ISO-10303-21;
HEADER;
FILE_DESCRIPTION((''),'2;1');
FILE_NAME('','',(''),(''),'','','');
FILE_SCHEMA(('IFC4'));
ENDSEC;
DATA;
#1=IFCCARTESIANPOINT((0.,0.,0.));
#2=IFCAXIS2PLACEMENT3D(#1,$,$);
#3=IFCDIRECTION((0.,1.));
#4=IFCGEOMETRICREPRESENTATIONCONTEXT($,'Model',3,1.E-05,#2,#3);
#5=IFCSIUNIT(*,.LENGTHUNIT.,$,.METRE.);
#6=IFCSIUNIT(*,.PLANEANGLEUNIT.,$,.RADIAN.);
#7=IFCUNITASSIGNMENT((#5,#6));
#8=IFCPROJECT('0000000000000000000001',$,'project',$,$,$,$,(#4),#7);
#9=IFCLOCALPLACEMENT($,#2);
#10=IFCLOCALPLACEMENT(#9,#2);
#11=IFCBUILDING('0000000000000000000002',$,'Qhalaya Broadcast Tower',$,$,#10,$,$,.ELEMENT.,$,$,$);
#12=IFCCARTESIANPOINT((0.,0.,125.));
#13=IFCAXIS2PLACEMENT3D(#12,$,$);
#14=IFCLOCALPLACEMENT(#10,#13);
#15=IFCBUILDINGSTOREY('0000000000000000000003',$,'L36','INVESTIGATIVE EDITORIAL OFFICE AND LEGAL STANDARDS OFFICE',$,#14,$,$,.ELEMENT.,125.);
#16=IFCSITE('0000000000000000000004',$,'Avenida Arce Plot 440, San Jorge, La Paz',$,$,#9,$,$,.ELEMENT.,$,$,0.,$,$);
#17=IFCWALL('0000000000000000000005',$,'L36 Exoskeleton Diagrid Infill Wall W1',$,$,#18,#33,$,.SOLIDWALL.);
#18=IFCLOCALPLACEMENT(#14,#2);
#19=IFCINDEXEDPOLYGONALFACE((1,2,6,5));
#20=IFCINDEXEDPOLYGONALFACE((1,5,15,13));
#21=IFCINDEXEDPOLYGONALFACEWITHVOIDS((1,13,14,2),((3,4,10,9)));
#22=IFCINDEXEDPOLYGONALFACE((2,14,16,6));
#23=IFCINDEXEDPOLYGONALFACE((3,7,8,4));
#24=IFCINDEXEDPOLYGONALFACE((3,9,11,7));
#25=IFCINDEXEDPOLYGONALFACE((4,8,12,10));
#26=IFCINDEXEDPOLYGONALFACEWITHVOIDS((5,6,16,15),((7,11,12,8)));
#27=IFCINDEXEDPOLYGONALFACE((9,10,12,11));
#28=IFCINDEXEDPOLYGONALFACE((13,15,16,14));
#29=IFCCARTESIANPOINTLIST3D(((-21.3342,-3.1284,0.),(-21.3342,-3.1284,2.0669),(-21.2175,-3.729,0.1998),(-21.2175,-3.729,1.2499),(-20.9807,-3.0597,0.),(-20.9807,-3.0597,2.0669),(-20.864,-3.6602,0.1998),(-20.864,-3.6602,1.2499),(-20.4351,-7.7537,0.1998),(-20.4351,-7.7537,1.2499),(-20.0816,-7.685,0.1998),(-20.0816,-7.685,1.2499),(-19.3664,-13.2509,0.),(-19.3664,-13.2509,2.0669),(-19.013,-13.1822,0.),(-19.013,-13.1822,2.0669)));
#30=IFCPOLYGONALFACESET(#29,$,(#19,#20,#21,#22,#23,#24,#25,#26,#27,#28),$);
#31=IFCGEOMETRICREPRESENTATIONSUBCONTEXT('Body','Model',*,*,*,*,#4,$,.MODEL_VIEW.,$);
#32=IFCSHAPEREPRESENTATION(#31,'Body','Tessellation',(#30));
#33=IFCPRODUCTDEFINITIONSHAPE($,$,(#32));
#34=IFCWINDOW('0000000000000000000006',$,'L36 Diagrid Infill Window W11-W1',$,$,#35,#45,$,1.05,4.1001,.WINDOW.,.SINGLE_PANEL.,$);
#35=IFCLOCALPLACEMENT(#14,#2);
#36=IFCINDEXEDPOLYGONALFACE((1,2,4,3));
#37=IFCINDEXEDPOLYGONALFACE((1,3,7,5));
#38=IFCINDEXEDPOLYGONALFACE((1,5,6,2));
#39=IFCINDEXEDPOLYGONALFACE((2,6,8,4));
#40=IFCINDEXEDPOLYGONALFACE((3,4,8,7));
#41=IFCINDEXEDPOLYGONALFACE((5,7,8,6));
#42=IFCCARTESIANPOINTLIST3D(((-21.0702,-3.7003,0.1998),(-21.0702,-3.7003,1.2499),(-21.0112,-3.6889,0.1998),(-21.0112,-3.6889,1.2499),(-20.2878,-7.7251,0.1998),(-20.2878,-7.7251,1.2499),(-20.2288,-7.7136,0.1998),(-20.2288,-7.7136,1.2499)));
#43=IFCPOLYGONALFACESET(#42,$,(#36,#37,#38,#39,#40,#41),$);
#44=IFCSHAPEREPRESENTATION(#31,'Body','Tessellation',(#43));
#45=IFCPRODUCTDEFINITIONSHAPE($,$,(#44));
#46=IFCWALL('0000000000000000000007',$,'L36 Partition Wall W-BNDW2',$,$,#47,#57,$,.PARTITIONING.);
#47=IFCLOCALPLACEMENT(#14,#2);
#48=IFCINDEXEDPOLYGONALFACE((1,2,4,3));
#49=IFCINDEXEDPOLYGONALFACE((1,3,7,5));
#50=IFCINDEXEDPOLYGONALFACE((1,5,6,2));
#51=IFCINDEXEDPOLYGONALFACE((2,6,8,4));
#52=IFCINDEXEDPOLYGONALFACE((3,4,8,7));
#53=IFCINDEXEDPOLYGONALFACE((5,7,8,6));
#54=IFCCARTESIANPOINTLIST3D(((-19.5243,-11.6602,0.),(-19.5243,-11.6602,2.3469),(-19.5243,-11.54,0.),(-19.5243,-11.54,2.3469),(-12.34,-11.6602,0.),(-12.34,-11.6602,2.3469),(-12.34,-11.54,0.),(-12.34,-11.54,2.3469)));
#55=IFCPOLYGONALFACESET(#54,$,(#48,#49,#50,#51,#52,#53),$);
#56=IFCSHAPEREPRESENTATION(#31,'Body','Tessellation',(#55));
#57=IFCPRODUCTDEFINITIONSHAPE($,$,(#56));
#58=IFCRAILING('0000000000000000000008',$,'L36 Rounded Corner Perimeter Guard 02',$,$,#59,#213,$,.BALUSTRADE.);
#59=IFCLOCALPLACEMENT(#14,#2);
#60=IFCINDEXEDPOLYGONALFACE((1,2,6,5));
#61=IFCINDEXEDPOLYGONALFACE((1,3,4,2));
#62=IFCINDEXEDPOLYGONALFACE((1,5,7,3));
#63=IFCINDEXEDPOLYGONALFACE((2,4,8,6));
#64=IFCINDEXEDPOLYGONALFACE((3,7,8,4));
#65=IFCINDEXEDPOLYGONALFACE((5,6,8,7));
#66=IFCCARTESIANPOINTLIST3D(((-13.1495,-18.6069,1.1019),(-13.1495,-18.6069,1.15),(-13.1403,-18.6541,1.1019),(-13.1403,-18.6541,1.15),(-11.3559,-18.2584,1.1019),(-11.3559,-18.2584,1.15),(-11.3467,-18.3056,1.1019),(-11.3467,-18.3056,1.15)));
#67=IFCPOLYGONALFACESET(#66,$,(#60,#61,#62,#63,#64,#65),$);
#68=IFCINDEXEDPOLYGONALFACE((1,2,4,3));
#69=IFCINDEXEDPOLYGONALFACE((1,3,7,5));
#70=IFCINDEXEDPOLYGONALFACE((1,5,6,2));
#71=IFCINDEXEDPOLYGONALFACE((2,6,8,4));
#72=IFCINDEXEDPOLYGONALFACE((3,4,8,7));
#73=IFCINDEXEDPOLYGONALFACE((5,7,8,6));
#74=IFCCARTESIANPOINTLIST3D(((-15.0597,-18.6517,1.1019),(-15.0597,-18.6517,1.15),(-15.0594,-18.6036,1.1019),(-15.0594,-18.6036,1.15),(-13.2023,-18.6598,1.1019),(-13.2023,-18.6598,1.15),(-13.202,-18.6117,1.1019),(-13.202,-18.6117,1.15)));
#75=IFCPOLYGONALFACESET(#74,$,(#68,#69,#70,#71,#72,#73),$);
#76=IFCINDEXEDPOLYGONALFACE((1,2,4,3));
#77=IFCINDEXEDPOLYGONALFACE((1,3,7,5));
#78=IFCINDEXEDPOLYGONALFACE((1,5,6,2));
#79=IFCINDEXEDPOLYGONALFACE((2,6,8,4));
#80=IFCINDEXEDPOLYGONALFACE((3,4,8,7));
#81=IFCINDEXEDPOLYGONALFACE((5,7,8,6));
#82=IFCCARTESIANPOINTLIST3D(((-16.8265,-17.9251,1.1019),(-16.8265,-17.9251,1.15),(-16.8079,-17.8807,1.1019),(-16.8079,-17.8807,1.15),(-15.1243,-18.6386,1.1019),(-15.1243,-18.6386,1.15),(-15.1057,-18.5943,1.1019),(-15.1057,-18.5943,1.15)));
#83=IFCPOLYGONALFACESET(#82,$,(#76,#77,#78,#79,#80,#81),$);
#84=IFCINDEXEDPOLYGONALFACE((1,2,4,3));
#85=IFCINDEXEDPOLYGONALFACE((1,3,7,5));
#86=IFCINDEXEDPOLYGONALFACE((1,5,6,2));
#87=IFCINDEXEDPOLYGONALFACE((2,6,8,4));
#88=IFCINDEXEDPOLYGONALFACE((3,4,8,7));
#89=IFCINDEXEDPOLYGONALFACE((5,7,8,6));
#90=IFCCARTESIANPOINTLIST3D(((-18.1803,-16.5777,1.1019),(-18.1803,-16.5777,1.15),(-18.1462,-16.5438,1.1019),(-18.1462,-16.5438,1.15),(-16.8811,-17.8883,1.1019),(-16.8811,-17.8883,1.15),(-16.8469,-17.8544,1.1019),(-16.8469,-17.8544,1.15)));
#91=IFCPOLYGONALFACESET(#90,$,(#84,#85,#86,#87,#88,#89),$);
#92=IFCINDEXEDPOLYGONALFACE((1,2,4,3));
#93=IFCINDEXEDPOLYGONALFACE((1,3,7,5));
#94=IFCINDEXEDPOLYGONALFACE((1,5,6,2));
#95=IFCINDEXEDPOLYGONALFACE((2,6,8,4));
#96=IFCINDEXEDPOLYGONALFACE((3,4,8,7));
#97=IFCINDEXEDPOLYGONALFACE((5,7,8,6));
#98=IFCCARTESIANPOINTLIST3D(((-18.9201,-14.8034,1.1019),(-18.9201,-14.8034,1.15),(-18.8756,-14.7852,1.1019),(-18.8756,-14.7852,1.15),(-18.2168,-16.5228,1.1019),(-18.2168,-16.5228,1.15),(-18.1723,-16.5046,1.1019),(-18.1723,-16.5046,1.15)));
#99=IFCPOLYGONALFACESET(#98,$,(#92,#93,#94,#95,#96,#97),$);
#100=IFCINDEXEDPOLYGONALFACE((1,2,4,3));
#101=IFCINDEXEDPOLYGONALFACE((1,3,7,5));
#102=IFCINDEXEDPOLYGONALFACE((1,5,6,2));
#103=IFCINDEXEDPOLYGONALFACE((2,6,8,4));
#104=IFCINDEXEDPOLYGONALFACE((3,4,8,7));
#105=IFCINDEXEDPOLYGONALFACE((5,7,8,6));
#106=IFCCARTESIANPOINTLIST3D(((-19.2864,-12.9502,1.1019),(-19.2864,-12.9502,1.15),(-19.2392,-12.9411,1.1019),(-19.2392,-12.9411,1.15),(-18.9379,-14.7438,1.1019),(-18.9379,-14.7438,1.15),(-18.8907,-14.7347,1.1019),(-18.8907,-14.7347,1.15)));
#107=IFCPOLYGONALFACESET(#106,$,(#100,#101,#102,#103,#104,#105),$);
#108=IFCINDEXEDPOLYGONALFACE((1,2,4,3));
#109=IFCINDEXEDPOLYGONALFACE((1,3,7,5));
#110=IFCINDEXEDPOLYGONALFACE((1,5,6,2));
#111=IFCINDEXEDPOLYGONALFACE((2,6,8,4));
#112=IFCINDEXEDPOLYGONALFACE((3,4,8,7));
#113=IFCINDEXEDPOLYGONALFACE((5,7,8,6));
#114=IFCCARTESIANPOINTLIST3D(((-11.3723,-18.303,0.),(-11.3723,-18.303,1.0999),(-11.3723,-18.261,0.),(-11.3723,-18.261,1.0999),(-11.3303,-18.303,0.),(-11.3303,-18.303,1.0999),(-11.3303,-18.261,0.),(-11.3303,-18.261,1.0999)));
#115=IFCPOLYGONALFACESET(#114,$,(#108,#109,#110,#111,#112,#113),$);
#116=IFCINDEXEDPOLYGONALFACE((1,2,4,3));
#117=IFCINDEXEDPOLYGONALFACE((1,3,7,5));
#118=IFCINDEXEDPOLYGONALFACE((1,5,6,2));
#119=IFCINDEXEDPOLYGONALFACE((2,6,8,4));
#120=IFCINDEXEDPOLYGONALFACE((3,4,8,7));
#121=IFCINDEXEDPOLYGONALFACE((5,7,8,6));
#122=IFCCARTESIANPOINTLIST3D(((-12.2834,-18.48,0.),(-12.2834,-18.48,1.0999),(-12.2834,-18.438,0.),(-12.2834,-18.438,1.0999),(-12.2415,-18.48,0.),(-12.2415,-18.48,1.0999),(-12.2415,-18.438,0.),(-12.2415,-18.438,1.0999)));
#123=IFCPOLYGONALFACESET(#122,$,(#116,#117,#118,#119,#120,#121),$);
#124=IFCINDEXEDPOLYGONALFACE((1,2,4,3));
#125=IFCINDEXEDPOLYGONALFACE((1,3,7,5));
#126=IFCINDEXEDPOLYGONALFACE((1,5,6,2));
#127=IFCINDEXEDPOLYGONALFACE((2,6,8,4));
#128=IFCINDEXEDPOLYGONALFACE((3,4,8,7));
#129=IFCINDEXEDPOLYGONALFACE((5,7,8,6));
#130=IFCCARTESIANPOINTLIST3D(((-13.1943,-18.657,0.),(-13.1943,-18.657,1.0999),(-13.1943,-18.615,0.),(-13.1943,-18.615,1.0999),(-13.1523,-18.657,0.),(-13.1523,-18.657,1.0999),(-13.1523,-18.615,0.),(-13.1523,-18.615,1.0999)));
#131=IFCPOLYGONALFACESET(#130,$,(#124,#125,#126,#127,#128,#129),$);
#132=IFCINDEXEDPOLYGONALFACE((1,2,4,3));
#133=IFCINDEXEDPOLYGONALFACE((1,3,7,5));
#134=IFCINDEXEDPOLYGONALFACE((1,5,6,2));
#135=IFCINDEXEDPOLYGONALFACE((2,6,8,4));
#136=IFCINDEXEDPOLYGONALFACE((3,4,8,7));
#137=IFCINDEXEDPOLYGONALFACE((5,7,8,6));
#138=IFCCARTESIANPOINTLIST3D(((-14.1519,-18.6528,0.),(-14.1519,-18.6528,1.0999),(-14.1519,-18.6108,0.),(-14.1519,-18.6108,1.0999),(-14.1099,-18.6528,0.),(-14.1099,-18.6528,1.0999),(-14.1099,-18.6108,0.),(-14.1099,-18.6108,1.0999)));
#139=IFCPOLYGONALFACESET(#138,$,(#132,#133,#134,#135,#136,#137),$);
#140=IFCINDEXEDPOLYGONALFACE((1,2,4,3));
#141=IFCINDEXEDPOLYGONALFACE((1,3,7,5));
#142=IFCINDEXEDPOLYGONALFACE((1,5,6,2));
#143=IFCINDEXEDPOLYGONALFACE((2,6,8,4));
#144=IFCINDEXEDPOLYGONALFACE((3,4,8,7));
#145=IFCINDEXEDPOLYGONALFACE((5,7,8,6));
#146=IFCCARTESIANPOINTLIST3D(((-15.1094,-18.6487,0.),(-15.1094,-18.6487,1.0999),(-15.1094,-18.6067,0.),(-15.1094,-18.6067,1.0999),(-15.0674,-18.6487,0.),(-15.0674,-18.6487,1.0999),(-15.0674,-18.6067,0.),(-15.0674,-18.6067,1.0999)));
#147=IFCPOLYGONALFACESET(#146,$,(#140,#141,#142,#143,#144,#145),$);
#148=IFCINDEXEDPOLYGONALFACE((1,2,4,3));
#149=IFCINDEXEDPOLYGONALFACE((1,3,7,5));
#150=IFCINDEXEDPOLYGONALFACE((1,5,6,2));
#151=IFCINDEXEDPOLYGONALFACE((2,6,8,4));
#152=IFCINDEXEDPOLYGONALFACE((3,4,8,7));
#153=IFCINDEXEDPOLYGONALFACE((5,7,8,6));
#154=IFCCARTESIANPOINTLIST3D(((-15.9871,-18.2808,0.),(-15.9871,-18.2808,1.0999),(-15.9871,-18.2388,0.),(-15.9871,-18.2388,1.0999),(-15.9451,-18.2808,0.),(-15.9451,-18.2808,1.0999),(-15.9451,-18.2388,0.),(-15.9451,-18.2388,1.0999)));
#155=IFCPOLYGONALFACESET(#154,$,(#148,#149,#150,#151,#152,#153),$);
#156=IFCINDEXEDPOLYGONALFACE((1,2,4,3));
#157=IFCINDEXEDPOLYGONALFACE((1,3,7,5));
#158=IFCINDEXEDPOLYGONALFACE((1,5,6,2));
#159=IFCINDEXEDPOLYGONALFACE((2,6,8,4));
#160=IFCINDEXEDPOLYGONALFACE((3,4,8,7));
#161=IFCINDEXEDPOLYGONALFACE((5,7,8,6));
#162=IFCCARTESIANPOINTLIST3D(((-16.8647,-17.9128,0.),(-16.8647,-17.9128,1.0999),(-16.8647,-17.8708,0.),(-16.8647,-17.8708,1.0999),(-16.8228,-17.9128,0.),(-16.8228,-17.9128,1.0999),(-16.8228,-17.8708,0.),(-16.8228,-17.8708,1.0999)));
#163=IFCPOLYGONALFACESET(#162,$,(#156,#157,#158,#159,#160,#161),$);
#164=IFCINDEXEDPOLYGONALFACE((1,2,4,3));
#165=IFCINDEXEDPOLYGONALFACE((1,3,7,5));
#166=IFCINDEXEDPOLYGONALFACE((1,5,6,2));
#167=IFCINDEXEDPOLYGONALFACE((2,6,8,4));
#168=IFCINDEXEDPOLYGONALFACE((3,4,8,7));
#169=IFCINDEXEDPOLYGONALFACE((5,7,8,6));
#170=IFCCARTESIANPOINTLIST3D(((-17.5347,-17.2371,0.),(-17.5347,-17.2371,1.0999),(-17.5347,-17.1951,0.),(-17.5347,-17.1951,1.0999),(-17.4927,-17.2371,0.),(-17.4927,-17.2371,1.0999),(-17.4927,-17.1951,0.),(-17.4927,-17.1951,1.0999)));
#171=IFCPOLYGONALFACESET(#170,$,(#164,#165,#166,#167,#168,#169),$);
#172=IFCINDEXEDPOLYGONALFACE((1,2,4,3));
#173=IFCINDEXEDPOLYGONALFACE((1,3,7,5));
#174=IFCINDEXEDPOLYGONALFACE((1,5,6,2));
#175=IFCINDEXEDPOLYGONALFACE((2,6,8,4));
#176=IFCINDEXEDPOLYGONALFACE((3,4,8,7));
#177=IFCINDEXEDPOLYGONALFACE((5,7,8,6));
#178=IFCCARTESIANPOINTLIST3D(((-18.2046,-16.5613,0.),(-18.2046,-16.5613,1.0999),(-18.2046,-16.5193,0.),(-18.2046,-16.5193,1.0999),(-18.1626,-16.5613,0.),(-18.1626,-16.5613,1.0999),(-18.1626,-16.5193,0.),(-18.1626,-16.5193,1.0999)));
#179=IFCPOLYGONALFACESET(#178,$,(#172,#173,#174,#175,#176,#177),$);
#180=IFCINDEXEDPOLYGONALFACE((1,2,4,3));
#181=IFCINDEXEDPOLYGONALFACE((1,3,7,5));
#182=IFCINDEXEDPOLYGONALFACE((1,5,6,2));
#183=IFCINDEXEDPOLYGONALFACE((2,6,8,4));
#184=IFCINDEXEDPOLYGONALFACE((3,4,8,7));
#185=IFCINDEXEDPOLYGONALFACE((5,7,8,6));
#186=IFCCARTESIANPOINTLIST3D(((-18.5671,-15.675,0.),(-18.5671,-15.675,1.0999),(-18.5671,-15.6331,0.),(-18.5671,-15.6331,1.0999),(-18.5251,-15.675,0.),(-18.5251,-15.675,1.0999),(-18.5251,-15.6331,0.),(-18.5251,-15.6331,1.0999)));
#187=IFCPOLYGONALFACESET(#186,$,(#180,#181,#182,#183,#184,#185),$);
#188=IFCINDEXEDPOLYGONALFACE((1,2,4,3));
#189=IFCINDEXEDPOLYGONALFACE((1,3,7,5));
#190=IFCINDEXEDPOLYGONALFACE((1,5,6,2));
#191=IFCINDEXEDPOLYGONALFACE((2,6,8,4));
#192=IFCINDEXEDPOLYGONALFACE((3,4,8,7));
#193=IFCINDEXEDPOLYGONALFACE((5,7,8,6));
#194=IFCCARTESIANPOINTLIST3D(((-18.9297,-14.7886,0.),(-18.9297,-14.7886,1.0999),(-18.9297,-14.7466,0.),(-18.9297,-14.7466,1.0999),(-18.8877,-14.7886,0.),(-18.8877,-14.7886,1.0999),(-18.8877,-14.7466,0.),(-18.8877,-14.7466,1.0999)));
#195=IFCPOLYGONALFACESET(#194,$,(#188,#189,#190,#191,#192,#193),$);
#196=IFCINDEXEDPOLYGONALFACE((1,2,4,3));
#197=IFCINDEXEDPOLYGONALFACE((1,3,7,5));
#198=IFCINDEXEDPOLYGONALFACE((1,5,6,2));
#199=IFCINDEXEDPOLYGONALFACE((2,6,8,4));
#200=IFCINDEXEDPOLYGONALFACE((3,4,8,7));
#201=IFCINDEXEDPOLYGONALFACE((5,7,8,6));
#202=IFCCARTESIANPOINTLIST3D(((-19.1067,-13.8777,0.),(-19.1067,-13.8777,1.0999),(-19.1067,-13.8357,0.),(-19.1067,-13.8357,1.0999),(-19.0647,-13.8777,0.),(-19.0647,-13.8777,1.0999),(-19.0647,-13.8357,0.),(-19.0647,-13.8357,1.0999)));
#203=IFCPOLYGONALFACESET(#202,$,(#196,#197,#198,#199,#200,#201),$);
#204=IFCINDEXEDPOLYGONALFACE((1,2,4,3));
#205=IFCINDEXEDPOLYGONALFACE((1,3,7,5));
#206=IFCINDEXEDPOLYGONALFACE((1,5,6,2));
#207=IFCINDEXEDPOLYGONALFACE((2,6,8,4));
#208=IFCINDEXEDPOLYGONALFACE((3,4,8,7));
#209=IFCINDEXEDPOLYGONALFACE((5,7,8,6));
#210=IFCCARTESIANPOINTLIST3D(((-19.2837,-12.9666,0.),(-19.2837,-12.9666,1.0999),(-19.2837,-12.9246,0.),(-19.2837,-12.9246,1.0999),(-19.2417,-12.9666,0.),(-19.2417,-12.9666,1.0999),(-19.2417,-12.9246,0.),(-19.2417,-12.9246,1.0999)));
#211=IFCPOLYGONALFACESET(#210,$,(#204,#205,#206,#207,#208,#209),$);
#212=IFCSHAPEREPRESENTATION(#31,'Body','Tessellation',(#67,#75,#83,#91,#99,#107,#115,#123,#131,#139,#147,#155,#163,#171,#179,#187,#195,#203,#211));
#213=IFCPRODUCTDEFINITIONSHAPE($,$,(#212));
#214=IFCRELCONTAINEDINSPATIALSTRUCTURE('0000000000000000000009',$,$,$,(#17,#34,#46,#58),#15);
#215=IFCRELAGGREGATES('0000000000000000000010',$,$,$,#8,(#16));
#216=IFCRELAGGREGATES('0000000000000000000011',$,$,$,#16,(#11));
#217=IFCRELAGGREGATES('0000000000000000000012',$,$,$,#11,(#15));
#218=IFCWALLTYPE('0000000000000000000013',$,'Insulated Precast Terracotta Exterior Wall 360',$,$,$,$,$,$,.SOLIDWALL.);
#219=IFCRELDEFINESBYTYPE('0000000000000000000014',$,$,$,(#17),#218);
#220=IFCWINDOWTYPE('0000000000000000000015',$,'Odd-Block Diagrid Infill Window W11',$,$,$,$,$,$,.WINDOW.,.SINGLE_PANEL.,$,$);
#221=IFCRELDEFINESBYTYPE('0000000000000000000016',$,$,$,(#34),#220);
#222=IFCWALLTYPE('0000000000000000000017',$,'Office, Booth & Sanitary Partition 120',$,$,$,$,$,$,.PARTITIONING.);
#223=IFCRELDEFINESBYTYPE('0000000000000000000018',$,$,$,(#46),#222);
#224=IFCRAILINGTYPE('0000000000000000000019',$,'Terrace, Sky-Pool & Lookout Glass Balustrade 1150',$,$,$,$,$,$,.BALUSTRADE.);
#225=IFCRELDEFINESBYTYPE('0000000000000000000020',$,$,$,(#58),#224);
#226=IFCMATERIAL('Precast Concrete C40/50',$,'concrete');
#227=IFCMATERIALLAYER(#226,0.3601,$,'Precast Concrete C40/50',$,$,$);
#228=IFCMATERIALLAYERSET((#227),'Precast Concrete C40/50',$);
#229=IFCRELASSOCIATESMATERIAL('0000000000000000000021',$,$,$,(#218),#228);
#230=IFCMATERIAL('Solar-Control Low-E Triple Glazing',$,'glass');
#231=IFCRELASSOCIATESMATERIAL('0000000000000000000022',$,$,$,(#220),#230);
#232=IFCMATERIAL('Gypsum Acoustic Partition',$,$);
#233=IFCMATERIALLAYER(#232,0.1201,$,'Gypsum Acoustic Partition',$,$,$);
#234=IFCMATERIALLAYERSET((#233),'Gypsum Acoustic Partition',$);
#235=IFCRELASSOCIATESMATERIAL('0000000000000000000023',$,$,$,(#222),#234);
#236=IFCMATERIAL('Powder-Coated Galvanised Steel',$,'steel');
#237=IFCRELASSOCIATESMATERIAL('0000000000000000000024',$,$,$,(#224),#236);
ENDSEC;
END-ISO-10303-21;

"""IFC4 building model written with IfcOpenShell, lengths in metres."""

from ifc_helpers import new_model, si_unit, direction, frame, frame_2d, origin, origin_2d, place, context, subcontext, project, spatial, rectangle, extrude, material, layer, layer_set, type_object, element, fill, save


model = new_model("IFC4")

# Units and contexts
model_context = context("Model", 3, precision=1e-05, world=origin(), true_north=direction((0.0, 1.0)))
body_context = subcontext(model_context, "Body", "Model", "MODEL_VIEW")
ifc_project = project(units=[si_unit("LENGTHUNIT", "METRE"), si_unit("PLANEANGLEUNIT", "RADIAN")], contexts=[model_context])

# Site, building, storey
site_placement = place(None, origin())
site = spatial("IfcSite", under=ifc_project, at=site_placement, Name="Avenida Arce Plot 440, San Jorge, La Paz", CompositionType="ELEMENT", RefElevation=0.0)
building_placement = place(site_placement, origin())
building = spatial("IfcBuilding", under=site, at=building_placement, Name="Qhalaya Broadcast Tower", CompositionType="ELEMENT")
storey_placement = place(building_placement, frame((0.0, 0.0, 125.0)))
storey = spatial("IfcBuildingStorey", under=building, at=storey_placement, Name="L36", Description="INVESTIGATIVE EDITORIAL OFFICE AND LEGAL STANDARDS OFFICE", CompositionType="ELEMENT", Elevation=125.0)

# Shared definitions
ifc_material_1 = material(Name="Gypsum Acoustic Partition")

# Wall, opening, window
ifc_material_2 = material(Name="Precast Concrete C40/50", Category="concrete")
ifc_layer_1 = layer(ifc_material_2, 0.3601, Name="Precast Concrete C40/50")
ifc_layer_set_1 = layer_set([ifc_layer_1], Name="Precast Concrete C40/50")
wall_type_1 = type_object("IfcWallType", Name="Insulated Precast Terracotta Exterior Wall 360", PredefinedType="SOLIDWALL", material=ifc_layer_set_1)
wall_1_placement = place(storey_placement, frame((-19.1897, -13.2166, 0.0), z_axis=(0.0, 0.0, 1.0), x_axis=(-0.190823, 0.981625, 0.0)))
wall_1 = element("IfcWall", 1, at=wall_1_placement, inside=storey, type_object=wall_type_1, Name="L36 Exoskeleton Diagrid Infill Wall W1", PredefinedType="SOLIDWALL", context=body_context, shape_type="SweptSolid", body=[
    extrude(rectangle(XDim=10.312, YDim=0.3601, at=frame_2d((5.156, 0.0))), origin(), (0.0, 0.0, 1.0), 2.0669),
])
opening_1_placement = place(wall_1_placement, frame((5.6001, 0.0, 0.2)))
opening_1 = element("IfcOpeningElement", 2, at=opening_1_placement, cuts=wall_1, PredefinedType="OPENING", context=body_context, shape_type="SweptSolid", body=[
    extrude(rectangle(XDim=4.1001, YDim=1.05, at=frame_2d((2.05, 0.5249))), frame((0.0, 0.1921, 0.0), z_axis=(0.0, -1.0, 0.0), x_axis=(1.0, 0.0, 0.0)), (0.0, 0.0, 1.0), 0.384),
])
ifc_material_3 = material(Name="Solar-Control Low-E Triple Glazing", Category="glass")
window_type = type_object("IfcWindowType", Name="Odd-Block Diagrid Infill Window W11", PartitioningType="SINGLE_PANEL", PredefinedType="WINDOW", material=ifc_material_3)
window_placement = place(opening_1_placement, origin())
window = element("IfcWindow", 3, at=window_placement, inside=storey, type_object=window_type, Name="L36 Diagrid Infill Window W11-W1", OverallHeight=1.05, OverallWidth=4.1001, PartitioningType="SINGLE_PANEL", PredefinedType="WINDOW", context=body_context, shape_type="SweptSolid", body=[
    extrude(rectangle(XDim=4.1001, YDim=1.05, at=frame_2d((2.05, 0.5249))), frame((0.0, 0.03, 0.0), z_axis=(0.0, -1.0, 0.0), x_axis=(1.0, 0.0, 0.0)), (0.0, 0.0, 1.0), 0.0601),
])
fill(opening_1, window)

# Wall
ifc_layer_2 = layer(ifc_material_1, 0.1201, Name="Gypsum Acoustic Partition")
ifc_layer_set_2 = layer_set([ifc_layer_2], Name="Gypsum Acoustic Partition")
wall_type_2 = type_object("IfcWallType", Name="Office, Booth & Sanitary Partition 120", PredefinedType="PARTITIONING", material=ifc_layer_set_2)
wall_2_placement = place(storey_placement, frame((-19.5244, -11.6001, 0.0), z_axis=(0.0, 0.0, 1.0), x_axis=(1.0, 0.0, 0.0)))
element("IfcWall", 4, at=wall_2_placement, inside=storey, type_object=wall_type_2, Name="L36 Partition Wall W-BNDW2", PredefinedType="PARTITIONING", context=body_context, shape_type="SweptSolid", body=[
    extrude(rectangle(XDim=7.1843, YDim=0.1201, at=frame_2d((3.5923, 0.0))), origin(), (0.0, 0.0, 1.0), 2.3469),
])

# Railing
ifc_material_4 = material(Name="Powder-Coated Galvanised Steel", Category="steel")
railing_type = type_object("IfcRailingType", Name="Terrace, Sky-Pool & Lookout Glass Balustrade 1150", PredefinedType="BALUSTRADE", material=ifc_material_4)
railing_placement = place(storey_placement, frame((-11.3513, -18.282, 0.0)))
element("IfcRailing", 5, at=railing_placement, inside=storey, type_object=railing_type, Name="L36 Rounded Corner Perimeter Guard 02", PredefinedType="BALUSTRADE", context=body_context, shape_type="SweptSolid", body=[
    extrude(rectangle(XDim=0.0481, YDim=0.0481, at=origin_2d()), frame((0.0, 0.0, 1.126), z_axis=(-0.981643, -0.190725, 0.0), x_axis=(0.190725, -0.981643, 0.0)), (0.0, 0.0, 1.0), 1.8271),
    extrude(rectangle(XDim=0.0481, YDim=0.0481, at=origin_2d()), frame((-1.8508, -0.3538, 1.126), z_axis=(-0.999991, 0.004334, 0.0), x_axis=(-0.004334, -0.999991, 0.0)), (0.0, 0.0, 1.0), 1.8574),
    extrude(rectangle(XDim=0.0481, YDim=0.0481, at=origin_2d()), frame((-3.7637, -0.3345, 1.126), z_axis=(-0.922247, 0.3866, 0.0), x_axis=(-0.3866, -0.922247, 0.0)), (0.0, 0.0, 1.0), 1.8457),
    extrude(rectangle(XDim=0.0481, YDim=0.0481, at=origin_2d()), frame((-5.5127, 0.4106, 1.126), z_axis=(-0.704021, 0.710179, 0.0), x_axis=(-0.710179, -0.704021, 0.0)), (0.0, 0.0, 1.0), 1.8455),
    extrude(rectangle(XDim=0.0481, YDim=0.0481, at=origin_2d()), frame((-6.8433, 1.7683, 1.126), z_axis=(-0.378588, 0.925565, 0.0), x_axis=(-0.925565, -0.378588, 0.0)), (0.0, 0.0, 1.0), 1.8577),
    extrude(rectangle(XDim=0.0481, YDim=0.0481, at=origin_2d()), frame((-7.563, 3.5427, 1.126), z_axis=(-0.190725, 0.981643, 0.0), x_axis=(-0.981643, -0.190725, 0.0)), (0.0, 0.0, 1.0), 1.8271),
    extrude(rectangle(XDim=0.042, YDim=0.042, at=origin_2d()), origin(), (0.0, 0.0, 1.0), 1.0999),
    extrude(rectangle(XDim=0.042, YDim=0.042, at=origin_2d()), frame((-0.9111, -0.177, 0.0)), (0.0, 0.0, 1.0), 1.0999),
    extrude(rectangle(XDim=0.042, YDim=0.042, at=origin_2d()), frame((-1.822, -0.354, 0.0)), (0.0, 0.0, 1.0), 1.0999),
    extrude(rectangle(XDim=0.042, YDim=0.042, at=origin_2d()), frame((-2.7795, -0.3499, 0.0)), (0.0, 0.0, 1.0), 1.0999),
    extrude(rectangle(XDim=0.042, YDim=0.042, at=origin_2d()), frame((-3.7371, -0.3457, 0.0)), (0.0, 0.0, 1.0), 1.0999),
    extrude(rectangle(XDim=0.042, YDim=0.042, at=origin_2d()), frame((-4.6147, 0.0222, 0.0)), (0.0, 0.0, 1.0), 1.0999),
    extrude(rectangle(XDim=0.042, YDim=0.042, at=origin_2d()), frame((-5.4924, 0.3901, 0.0)), (0.0, 0.0, 1.0), 1.0999),
    extrude(rectangle(XDim=0.042, YDim=0.042, at=origin_2d()), frame((-6.1624, 1.0659, 0.0)), (0.0, 0.0, 1.0), 1.0999),
    extrude(rectangle(XDim=0.042, YDim=0.042, at=origin_2d()), frame((-6.8323, 1.7417, 0.0)), (0.0, 0.0, 1.0), 1.0999),
    extrude(rectangle(XDim=0.042, YDim=0.042, at=origin_2d()), frame((-7.1948, 2.6279, 0.0)), (0.0, 0.0, 1.0), 1.0999),
    extrude(rectangle(XDim=0.042, YDim=0.042, at=origin_2d()), frame((-7.5574, 3.5144, 0.0)), (0.0, 0.0, 1.0), 1.0999),
    extrude(rectangle(XDim=0.042, YDim=0.042, at=origin_2d()), frame((-7.7344, 4.4253, 0.0)), (0.0, 0.0, 1.0), 1.0999),
    extrude(rectangle(XDim=0.042, YDim=0.042, at=origin_2d()), frame((-7.9114, 5.3364, 0.0)), (0.0, 0.0, 1.0), 1.0999),
])

save(model, "model.ifc")
